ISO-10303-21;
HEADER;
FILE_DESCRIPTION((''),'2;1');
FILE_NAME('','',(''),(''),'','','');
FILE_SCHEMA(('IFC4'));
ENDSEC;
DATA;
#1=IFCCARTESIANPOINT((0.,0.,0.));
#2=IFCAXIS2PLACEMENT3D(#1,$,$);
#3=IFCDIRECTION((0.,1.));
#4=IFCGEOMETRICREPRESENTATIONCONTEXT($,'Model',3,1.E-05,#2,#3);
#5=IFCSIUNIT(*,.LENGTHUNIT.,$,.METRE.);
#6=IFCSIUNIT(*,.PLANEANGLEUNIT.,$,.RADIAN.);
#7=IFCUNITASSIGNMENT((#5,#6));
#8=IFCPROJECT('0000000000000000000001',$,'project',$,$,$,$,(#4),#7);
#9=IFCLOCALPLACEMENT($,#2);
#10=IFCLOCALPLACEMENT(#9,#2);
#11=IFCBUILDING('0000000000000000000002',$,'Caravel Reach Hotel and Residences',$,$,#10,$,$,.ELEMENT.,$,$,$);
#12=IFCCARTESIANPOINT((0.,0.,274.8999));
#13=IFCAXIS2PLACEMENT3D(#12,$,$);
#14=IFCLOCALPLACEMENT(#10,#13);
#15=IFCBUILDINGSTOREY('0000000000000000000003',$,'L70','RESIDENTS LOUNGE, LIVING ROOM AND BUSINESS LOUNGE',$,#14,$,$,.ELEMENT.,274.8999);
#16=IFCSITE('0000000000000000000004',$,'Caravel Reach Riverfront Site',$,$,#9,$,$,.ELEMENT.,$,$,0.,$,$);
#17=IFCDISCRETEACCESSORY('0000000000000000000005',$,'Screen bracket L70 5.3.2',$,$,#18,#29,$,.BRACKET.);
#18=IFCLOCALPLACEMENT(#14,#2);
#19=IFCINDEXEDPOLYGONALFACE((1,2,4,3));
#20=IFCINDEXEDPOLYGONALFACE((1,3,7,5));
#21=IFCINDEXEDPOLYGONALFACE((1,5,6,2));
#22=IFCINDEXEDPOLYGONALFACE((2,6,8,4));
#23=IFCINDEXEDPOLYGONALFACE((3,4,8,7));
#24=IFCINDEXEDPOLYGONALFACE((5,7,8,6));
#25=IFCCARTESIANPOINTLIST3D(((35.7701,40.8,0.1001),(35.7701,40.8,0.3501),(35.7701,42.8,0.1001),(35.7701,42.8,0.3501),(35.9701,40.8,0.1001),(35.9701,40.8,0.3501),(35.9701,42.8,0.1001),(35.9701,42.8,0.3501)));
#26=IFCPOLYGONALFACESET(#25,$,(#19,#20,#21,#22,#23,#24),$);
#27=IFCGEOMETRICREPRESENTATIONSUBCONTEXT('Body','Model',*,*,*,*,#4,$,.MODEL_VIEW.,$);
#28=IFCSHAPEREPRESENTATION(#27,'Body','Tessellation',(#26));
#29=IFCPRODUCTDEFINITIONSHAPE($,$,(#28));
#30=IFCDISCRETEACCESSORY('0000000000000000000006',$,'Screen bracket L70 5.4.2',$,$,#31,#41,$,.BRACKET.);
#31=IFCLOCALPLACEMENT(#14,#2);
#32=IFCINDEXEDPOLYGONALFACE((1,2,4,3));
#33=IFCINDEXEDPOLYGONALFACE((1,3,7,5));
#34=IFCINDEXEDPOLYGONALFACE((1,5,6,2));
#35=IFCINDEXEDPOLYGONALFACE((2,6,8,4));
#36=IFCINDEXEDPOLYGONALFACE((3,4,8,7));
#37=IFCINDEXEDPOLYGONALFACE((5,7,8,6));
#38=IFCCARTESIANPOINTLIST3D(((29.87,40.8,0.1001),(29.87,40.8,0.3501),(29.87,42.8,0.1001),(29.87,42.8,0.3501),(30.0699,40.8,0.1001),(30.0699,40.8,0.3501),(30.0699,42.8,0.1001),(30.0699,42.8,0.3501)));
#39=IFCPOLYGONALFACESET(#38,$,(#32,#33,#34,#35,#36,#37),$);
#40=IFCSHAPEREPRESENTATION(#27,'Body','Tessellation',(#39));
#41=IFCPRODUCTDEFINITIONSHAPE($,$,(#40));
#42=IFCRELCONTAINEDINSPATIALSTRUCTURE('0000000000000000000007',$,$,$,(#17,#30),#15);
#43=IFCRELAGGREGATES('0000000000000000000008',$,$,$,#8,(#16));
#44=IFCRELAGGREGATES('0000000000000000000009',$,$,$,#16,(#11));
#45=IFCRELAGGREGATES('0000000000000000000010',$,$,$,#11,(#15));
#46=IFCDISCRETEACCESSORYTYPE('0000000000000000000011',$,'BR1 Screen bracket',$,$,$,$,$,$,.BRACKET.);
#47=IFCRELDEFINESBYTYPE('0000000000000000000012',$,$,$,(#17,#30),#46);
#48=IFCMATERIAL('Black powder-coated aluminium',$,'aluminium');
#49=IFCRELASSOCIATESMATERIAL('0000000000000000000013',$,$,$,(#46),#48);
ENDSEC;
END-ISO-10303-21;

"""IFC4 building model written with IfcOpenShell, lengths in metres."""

from ifc_helpers import new_model, si_unit, direction, frame, origin, origin_2d, place, context, subcontext, project, spatial, rectangle, extrude, material, type_object, element, save


model = new_model("IFC4")

# Units and contexts
model_context = context("Model", 3, precision=1e-05, world=origin(), true_north=direction((0.0, 1.0)))
body_context = subcontext(model_context, "Body", "Model", "MODEL_VIEW")
ifc_project = project(units=[si_unit("LENGTHUNIT", "METRE"), si_unit("PLANEANGLEUNIT", "RADIAN")], contexts=[model_context])

# Site, building, storey
site_placement = place(None, origin())
site = spatial("IfcSite", under=ifc_project, at=site_placement, Name="Caravel Reach Riverfront Site", CompositionType="ELEMENT", RefElevation=0.0)
building_placement = place(site_placement, origin())
building = spatial("IfcBuilding", under=site, at=building_placement, Name="Caravel Reach Hotel and Residences", CompositionType="ELEMENT")
storey_placement = place(building_placement, frame((0.0, 0.0, 274.8999)))
storey = spatial("IfcBuildingStorey", under=building, at=storey_placement, Name="L70", Description="RESIDENTS LOUNGE, LIVING ROOM AND BUSINESS LOUNGE", CompositionType="ELEMENT", Elevation=274.8999)

# Discrete accessories
ifc_material_1 = material(Name="Black powder-coated aluminium", Category="aluminium")
discrete_accessory_type = type_object("IfcDiscreteAccessoryType", Name="BR1 Screen bracket", PredefinedType="BRACKET", material=ifc_material_1)
for number, where, z_axis, x_axis, name in (
    (1, (35.8701, 41.8, 0.1001), (0.0, 0.0, 1.0), (0.0, 1.0, 0.0), "Screen bracket L70 5.3.2"),
    (2, (29.97, 41.8, 0.1001), (0.0, 0.0, 1.0), (0.0, 1.0, 0.0), "Screen bracket L70 5.4.2"),
):
    element("IfcDiscreteAccessory", number, at=place(storey_placement, frame(where, z_axis=z_axis, x_axis=x_axis)), inside=storey, type_object=discrete_accessory_type, Name=name, PredefinedType="BRACKET", context=body_context, shape_type="SweptSolid", body=[
        extrude(rectangle(XDim=2.0, YDim=0.2, at=origin_2d()), origin(), (0.0, 0.0, 1.0), 0.25),
    ])

save(model, "model.ifc")
